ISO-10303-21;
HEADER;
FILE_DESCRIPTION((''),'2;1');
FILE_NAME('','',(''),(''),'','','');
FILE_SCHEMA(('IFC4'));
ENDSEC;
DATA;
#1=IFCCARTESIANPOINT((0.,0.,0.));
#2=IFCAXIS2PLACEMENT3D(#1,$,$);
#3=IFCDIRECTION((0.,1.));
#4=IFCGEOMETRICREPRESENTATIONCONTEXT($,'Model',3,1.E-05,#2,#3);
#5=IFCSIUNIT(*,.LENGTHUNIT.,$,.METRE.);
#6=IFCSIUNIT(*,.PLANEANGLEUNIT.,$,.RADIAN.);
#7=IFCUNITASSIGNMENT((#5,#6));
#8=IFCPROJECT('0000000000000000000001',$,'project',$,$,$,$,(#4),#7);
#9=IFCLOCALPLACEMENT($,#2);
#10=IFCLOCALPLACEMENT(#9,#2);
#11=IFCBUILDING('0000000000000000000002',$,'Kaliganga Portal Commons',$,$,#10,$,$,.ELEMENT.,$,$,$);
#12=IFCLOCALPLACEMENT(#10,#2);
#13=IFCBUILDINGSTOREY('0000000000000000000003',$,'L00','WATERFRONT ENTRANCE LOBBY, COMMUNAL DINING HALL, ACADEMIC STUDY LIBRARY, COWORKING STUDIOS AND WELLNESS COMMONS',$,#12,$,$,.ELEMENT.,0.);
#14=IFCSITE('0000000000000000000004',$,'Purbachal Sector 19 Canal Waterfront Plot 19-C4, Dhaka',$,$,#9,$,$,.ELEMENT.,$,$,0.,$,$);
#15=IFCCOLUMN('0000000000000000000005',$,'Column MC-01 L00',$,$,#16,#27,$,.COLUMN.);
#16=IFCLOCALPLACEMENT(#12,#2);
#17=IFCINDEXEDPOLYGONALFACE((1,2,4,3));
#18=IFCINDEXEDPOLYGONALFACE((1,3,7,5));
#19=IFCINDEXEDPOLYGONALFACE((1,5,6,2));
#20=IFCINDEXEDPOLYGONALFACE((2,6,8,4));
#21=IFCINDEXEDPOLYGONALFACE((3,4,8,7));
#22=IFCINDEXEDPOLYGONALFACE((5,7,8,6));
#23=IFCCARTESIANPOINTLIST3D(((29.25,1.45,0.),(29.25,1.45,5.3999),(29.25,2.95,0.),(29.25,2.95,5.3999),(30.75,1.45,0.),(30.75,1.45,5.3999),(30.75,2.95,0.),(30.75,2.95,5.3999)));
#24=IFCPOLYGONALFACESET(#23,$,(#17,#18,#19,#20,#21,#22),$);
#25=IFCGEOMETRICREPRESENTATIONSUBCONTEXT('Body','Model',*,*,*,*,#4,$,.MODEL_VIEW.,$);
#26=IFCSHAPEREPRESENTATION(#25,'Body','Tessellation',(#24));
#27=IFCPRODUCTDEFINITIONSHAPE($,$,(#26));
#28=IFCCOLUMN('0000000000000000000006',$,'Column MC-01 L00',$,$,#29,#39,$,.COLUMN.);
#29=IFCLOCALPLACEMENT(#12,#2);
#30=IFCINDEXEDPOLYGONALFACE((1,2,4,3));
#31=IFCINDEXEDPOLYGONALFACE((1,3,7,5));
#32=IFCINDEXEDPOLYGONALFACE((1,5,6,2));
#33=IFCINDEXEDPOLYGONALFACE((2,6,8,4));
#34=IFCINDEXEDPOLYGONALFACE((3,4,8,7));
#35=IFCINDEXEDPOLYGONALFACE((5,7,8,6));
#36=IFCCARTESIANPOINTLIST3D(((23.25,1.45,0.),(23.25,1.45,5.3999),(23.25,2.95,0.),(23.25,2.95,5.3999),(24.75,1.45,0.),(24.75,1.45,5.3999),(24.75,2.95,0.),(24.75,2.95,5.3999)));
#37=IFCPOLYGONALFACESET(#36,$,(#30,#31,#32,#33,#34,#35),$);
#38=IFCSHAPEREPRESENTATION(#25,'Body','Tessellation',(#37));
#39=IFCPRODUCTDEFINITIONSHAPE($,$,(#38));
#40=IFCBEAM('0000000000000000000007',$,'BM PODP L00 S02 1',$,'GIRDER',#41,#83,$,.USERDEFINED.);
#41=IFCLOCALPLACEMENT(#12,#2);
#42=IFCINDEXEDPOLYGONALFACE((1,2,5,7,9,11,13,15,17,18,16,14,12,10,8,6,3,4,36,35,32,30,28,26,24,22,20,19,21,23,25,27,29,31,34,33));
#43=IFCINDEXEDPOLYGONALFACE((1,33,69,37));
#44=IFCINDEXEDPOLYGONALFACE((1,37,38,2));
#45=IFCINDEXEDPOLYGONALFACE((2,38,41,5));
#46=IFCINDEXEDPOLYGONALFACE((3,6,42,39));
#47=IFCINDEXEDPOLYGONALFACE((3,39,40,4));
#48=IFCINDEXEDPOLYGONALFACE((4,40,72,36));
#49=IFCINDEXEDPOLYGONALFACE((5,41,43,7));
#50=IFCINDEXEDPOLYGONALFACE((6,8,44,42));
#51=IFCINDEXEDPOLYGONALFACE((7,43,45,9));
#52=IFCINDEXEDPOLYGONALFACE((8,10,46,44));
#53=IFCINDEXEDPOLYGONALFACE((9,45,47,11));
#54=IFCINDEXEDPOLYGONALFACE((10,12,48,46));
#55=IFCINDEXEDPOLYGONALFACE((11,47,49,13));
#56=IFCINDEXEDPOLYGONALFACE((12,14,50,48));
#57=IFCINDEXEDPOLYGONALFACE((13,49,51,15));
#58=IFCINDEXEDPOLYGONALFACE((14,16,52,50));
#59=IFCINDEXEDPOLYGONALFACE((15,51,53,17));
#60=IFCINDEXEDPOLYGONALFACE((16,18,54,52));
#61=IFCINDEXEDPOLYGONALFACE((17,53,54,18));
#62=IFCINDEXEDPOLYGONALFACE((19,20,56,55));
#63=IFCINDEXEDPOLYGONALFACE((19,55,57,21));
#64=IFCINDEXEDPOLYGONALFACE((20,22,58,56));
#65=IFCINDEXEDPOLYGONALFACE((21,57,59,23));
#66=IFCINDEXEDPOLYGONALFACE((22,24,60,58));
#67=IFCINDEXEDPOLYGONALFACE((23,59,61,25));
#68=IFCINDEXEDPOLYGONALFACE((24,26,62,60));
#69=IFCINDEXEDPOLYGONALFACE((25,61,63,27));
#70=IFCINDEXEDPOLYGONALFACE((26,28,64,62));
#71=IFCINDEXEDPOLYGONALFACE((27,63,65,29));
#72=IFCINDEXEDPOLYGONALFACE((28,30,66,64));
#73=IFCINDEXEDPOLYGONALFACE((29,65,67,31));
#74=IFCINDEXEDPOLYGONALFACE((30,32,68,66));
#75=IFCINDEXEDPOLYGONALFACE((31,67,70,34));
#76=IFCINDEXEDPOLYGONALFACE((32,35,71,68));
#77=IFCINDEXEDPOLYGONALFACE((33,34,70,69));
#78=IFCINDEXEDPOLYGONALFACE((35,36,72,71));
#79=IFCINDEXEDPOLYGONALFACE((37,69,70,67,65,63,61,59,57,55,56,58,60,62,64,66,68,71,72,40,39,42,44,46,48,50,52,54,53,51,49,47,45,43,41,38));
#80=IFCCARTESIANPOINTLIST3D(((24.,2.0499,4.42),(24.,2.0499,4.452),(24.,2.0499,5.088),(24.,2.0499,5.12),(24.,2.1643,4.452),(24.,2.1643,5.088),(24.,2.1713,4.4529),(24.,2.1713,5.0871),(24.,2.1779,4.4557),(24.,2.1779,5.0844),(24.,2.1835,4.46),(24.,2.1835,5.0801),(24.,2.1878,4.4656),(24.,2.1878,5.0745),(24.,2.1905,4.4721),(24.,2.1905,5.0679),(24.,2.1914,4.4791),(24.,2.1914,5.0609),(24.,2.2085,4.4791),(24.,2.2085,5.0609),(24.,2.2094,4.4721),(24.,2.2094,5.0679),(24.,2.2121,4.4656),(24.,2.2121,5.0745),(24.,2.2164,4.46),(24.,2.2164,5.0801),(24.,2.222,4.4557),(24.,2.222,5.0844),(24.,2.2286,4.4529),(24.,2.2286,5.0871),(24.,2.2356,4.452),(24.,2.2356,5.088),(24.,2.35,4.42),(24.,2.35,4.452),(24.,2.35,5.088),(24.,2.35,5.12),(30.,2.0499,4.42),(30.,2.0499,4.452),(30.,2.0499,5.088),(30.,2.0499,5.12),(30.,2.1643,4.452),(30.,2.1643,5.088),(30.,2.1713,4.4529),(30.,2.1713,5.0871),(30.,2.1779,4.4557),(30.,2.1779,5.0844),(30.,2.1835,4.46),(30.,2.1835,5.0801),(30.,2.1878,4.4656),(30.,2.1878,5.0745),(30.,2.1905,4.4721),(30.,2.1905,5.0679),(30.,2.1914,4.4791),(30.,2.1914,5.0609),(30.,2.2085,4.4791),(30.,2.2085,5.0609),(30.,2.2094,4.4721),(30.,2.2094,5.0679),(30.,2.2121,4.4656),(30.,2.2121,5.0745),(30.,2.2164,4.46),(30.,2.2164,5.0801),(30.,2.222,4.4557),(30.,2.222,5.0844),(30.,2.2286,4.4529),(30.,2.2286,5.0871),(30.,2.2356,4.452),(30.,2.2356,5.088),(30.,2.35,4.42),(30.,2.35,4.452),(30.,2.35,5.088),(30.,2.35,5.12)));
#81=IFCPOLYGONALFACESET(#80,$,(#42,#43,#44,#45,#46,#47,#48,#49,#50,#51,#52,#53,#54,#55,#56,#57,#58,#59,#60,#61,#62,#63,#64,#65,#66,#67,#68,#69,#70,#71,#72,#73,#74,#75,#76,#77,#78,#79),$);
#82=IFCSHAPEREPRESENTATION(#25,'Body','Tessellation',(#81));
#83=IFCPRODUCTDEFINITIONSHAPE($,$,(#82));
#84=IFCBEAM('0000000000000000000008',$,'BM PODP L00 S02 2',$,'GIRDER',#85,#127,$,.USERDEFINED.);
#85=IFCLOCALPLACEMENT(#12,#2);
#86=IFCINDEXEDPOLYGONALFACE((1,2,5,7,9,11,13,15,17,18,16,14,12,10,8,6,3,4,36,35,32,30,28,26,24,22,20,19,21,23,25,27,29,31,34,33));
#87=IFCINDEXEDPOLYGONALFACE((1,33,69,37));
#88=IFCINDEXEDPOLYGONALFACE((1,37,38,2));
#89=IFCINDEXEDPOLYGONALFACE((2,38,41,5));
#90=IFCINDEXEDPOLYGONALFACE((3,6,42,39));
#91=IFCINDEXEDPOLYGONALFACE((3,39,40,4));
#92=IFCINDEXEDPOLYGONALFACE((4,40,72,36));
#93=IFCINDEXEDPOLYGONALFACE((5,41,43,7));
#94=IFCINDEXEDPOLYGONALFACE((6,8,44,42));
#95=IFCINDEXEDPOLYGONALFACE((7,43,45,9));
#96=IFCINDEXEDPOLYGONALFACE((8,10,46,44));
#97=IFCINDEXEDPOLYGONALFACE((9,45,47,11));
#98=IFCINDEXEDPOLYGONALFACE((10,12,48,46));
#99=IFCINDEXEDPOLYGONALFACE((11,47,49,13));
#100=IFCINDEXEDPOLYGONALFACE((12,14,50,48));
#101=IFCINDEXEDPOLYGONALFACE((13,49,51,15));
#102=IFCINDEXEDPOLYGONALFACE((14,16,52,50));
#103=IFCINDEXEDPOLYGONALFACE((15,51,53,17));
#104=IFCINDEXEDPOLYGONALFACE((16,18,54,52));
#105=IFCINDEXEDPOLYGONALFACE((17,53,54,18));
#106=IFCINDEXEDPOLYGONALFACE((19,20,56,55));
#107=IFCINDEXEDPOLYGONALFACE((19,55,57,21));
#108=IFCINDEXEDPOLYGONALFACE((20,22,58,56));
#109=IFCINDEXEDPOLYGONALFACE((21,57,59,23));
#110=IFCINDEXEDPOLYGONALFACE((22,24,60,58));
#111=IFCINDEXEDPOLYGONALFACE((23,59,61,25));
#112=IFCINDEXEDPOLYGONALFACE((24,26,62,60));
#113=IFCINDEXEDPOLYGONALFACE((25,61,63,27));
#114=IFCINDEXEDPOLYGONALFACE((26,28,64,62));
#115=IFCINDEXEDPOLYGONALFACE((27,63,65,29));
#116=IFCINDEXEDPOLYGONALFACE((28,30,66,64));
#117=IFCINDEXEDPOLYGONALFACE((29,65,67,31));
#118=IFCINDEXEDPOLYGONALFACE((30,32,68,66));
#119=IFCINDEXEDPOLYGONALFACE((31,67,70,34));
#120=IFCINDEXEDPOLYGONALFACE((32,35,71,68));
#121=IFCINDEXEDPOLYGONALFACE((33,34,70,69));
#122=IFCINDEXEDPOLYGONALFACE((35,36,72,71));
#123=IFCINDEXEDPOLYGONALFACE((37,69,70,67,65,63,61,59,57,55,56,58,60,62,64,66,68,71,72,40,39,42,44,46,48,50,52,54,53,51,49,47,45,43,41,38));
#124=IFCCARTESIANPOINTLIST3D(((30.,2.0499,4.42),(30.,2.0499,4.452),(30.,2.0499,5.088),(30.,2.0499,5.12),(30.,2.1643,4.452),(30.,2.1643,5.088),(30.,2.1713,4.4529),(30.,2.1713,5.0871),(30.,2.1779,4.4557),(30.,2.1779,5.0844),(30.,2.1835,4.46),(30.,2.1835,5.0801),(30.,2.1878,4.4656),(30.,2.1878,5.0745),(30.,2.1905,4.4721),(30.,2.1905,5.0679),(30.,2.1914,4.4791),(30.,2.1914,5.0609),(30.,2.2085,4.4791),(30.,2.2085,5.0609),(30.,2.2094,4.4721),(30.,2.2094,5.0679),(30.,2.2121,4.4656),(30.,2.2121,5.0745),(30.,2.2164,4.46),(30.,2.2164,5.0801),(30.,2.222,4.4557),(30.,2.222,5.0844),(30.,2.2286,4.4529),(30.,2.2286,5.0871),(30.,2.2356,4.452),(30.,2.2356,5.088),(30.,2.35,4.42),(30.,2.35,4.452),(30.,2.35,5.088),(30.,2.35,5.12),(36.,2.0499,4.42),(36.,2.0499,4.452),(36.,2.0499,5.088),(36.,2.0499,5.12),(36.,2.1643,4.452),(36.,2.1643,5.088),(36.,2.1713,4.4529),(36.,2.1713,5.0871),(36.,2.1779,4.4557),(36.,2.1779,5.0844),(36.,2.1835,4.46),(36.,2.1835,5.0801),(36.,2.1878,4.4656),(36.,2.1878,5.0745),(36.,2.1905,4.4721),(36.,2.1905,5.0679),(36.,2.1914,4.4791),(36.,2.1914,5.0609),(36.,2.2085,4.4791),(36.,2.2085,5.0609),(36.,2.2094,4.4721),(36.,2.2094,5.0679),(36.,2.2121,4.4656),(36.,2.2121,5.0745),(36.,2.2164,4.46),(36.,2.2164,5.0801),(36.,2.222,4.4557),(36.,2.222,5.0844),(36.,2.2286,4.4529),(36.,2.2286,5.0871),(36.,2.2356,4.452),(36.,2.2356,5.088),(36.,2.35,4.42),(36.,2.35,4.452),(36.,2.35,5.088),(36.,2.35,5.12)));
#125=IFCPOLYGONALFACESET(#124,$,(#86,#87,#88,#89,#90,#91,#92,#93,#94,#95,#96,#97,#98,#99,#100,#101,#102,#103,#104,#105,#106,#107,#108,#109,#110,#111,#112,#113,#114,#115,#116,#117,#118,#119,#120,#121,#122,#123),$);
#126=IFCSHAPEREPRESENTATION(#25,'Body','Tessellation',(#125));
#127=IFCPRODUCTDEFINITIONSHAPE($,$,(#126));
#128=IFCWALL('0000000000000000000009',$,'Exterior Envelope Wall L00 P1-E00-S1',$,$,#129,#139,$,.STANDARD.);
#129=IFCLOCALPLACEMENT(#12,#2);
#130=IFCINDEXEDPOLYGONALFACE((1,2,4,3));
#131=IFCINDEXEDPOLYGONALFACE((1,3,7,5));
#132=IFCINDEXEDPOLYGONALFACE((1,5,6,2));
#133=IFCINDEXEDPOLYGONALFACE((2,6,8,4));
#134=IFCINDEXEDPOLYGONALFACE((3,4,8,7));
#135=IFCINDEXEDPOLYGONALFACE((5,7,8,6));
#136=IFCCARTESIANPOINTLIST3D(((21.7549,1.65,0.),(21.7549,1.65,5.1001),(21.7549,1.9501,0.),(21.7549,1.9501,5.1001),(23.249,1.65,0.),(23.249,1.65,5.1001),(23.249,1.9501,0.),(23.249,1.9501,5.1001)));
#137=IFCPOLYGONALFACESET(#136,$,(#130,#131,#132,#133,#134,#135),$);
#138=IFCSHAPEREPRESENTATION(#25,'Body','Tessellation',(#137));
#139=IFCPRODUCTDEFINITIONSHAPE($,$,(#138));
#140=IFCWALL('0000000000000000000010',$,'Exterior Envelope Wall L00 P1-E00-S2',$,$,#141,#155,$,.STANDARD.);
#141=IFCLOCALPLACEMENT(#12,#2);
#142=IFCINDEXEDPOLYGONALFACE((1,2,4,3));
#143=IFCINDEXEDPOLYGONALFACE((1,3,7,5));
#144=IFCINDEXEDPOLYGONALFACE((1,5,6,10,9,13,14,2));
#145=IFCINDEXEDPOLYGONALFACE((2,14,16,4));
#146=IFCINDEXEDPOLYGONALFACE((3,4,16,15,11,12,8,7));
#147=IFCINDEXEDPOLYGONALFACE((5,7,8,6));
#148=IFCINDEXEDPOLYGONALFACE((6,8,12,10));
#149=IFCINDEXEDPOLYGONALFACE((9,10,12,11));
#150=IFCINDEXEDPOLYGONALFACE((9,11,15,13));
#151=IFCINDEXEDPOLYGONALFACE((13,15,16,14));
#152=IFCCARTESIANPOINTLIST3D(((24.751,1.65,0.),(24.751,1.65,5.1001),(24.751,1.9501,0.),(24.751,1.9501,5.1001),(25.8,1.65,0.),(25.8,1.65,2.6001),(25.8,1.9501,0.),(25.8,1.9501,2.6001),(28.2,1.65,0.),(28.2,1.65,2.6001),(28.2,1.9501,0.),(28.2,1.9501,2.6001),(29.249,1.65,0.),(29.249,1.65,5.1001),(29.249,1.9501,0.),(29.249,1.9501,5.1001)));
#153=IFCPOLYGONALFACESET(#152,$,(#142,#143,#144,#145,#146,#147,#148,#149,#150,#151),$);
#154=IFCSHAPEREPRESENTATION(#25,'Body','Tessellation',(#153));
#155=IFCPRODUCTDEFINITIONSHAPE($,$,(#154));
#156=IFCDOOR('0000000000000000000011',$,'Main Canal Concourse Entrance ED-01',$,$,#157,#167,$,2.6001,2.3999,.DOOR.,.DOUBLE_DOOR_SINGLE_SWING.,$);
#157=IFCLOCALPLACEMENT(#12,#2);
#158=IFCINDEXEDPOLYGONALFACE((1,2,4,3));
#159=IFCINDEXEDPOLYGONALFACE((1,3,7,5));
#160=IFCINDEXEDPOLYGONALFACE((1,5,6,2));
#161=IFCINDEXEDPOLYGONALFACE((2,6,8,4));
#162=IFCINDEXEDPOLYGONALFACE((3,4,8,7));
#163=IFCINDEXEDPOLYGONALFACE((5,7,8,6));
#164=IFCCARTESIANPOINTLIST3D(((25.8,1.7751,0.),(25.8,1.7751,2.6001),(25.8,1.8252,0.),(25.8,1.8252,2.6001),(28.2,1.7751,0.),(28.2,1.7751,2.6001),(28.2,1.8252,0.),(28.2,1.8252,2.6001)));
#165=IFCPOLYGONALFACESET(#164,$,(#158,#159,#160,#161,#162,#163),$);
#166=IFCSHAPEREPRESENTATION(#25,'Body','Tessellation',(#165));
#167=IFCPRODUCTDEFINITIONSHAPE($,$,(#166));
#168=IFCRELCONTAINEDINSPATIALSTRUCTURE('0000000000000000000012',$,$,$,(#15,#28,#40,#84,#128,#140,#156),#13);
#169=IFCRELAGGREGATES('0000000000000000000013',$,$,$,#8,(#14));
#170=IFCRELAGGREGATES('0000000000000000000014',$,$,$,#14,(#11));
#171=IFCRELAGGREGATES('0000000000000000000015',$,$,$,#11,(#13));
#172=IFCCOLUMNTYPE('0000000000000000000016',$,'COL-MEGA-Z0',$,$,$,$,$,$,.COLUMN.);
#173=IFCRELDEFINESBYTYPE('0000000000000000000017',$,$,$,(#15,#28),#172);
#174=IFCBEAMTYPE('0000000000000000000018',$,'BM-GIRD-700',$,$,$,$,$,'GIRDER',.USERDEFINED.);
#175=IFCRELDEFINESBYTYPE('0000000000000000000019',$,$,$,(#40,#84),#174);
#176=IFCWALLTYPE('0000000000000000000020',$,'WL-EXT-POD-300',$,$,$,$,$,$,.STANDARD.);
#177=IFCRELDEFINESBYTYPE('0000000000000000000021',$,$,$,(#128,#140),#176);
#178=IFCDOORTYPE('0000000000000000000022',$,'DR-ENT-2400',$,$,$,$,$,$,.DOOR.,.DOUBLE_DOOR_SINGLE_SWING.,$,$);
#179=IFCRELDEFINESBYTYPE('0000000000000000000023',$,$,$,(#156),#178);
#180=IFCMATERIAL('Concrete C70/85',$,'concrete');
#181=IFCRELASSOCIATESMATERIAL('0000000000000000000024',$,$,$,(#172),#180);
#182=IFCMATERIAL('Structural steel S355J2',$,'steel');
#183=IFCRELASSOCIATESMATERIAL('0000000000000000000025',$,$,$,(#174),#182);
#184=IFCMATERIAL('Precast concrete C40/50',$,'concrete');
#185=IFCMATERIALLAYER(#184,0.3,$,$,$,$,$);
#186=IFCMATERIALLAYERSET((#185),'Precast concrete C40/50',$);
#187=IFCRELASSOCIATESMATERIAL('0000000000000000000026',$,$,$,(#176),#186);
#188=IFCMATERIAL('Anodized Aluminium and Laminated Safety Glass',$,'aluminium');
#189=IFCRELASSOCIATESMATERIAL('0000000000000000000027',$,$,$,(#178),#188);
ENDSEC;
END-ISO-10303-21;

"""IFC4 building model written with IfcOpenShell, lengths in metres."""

from ifc_helpers import new_model, si_unit, direction, frame, frame_2d, origin, origin_2d, place, context, subcontext, project, spatial, rectangle, i_section, extrude, source, transform, mapped, material, layer, layer_set, material_profile, profile_set, type_object, element, fill, save


model = new_model("IFC4")

# Units and contexts
model_context = context("Model", 3, precision=1e-05, world=origin(), true_north=direction((0.0, 1.0)))
body_context = subcontext(model_context, "Body", "Model", "MODEL_VIEW")
ifc_project = project(units=[si_unit("LENGTHUNIT", "METRE"), si_unit("PLANEANGLEUNIT", "RADIAN")], contexts=[model_context])

# Site, building, storey
site_placement = place(None, origin())
site = spatial("IfcSite", under=ifc_project, at=site_placement, Name="Purbachal Sector 19 Canal Waterfront Plot 19-C4, Dhaka", CompositionType="ELEMENT", RefElevation=0.0)
building_placement = place(site_placement, origin())
building = spatial("IfcBuilding", under=site, at=building_placement, Name="Kaliganga Portal Commons", CompositionType="ELEMENT")
storey_placement = place(building_placement, origin())
storey = spatial("IfcBuildingStorey", under=building, at=storey_placement, Name="L00", Description="WATERFRONT ENTRANCE LOBBY, COMMUNAL DINING HALL, ACADEMIC STUDY LIBRARY, COWORKING STUDIOS AND WELLNESS COMMONS", CompositionType="ELEMENT", Elevation=0.0)

# Columns
ifc_material_1 = material(Name="Concrete C70/85", Category="concrete")
ifc_material_profile_1 = material_profile(ifc_material_1, rectangle(XDim=1.5, YDim=1.5, at=origin_2d()), Name="RC 1500x1500")
ifc_profile_set_1 = profile_set([ifc_material_profile_1], Name="Concrete C70/85")
column_type = type_object("IfcColumnType", Name="COL-MEGA-Z0", PredefinedType="COLUMN", material=ifc_profile_set_1)
shared_shape_1 = source(origin(), body_context, "Body", "SweptSolid", [
    extrude(rectangle(XDim=1.5, YDim=1.5, at=origin_2d()), origin(), (0.0, 0.0, 1.0), 5.3999),
])
for number, where, z_axis, x_axis, name in (
    (1, (30.0, 2.2, 0.0), (0.0, 0.0, 1.0), (1.0, 0.0, 0.0), "Column MC-01 L00"),
    (2, (24.0, 2.2, 0.0), (0.0, 0.0, 1.0), (1.0, 0.0, 0.0), "Column MC-01 L00"),
):
    element("IfcColumn", number, at=place(storey_placement, frame(where, z_axis=z_axis, x_axis=x_axis)), inside=storey, type_object=column_type, Name=name, PredefinedType="COLUMN", context=body_context, shape_type="MappedRepresentation", body=[
        mapped(shared_shape_1, transform((0.0, 0.0, 0.0), x_axis=(1.0, 0.0, 0.0), y_axis=(0.0, 1.0, 0.0), z_axis=(0.0, 0.0, 1.0), scale=1.0)),
    ])

# Beams
ifc_material_2 = material(Name="Structural steel S355J2", Category="steel")
ifc_material_profile_2 = material_profile(ifc_material_2, i_section(OverallWidth=0.3, OverallDepth=0.7, WebThickness=0.0171, FlangeThickness=0.032, FilletRadius=0.0271, at=origin_2d()), Name="HE 700 B")
ifc_profile_set_2 = profile_set([ifc_material_profile_2], Name="Structural steel S355J2 wide-flange")
beam_type = type_object("IfcBeamType", Name="BM-GIRD-700", ElementType="GIRDER", PredefinedType="USERDEFINED", material=ifc_profile_set_2)
shared_shape_2 = source(origin(), body_context, "Body", "SweptSolid", [
    extrude(i_section(OverallWidth=0.3, OverallDepth=0.7, WebThickness=0.0171, FlangeThickness=0.032, FilletRadius=0.0271, at=origin_2d()), origin(), (0.0, 0.0, 1.0), 6.0),
])
for number, where, z_axis, x_axis, name in (
    (3, (24.0, 2.2, 4.77), (1.0, 0.0, 0.0), (0.0, 1.0, 0.0), "BM PODP L00 S02 1"),
    (4, (30.0, 2.2, 4.77), (1.0, 0.0, 0.0), (0.0, 1.0, 0.0), "BM PODP L00 S02 2"),
):
    element("IfcBeam", number, at=place(storey_placement, frame(where, z_axis=z_axis, x_axis=x_axis)), inside=storey, type_object=beam_type, Name=name, ObjectType="GIRDER", PredefinedType="USERDEFINED", context=body_context, shape_type="MappedRepresentation", body=[
        mapped(shared_shape_2, transform((0.0, 0.0, 0.0), x_axis=(1.0, 0.0, 0.0), y_axis=(0.0, 1.0, 0.0), z_axis=(0.0, 0.0, 1.0), scale=1.0)),
    ])

# Wall
ifc_material_3 = material(Name="Precast concrete C40/50", Category="concrete")
ifc_layer = layer(ifc_material_3, 0.3)
ifc_layer_set = layer_set([ifc_layer], Name="Precast concrete C40/50")
wall_type = type_object("IfcWallType", Name="WL-EXT-POD-300", PredefinedType="STANDARD", material=ifc_layer_set)
wall_1_placement = place(storey_placement, frame((23.249, 1.8, 0.0), z_axis=(0.0, 0.0, 1.0), x_axis=(-1.0, 0.0, 0.0)))
element("IfcWall", 5, at=wall_1_placement, inside=storey, type_object=wall_type, Name="Exterior Envelope Wall L00 P1-E00-S1", PredefinedType="STANDARD", context=body_context, shape_type="SweptSolid", body=[
    extrude(rectangle(XDim=1.4941, YDim=0.3, at=frame_2d((0.7471, 0.0))), origin(), (0.0, 0.0, 1.0), 5.1001),
])

# Wall, opening, door
wall_2_placement = place(storey_placement, frame((29.249, 1.8, 0.0), z_axis=(0.0, 0.0, 1.0), x_axis=(-1.0, 0.0, 0.0)))
wall_2 = element("IfcWall", 6, at=wall_2_placement, inside=storey, type_object=wall_type, Name="Exterior Envelope Wall L00 P1-E00-S2", PredefinedType="STANDARD", context=body_context, shape_type="SweptSolid", body=[
    extrude(rectangle(XDim=4.498, YDim=0.3, at=frame_2d((2.249, 0.0))), origin(), (0.0, 0.0, 1.0), 5.1001),
])
opening_1_placement = place(wall_2_placement, frame((1.0491, 0.0, 0.0)))
opening_1 = element("IfcOpeningElement", 7, at=opening_1_placement, cuts=wall_2, PredefinedType="OPENING", context=body_context, shape_type="SweptSolid", body=[
    extrude(rectangle(XDim=2.3999, YDim=2.6001, at=frame_2d((1.2, 1.3))), frame((0.0, 0.1602, 0.0), z_axis=(0.0, -1.0, 0.0), x_axis=(1.0, 0.0, 0.0)), (0.0, 0.0, 1.0), 0.3201),
])
ifc_material_4 = material(Name="Anodized Aluminium and Laminated Safety Glass", Category="aluminium")
door_type_1 = type_object("IfcDoorType", Name="DR-ENT-2400", OperationType="DOUBLE_DOOR_SINGLE_SWING", PredefinedType="DOOR", material=ifc_material_4)
door_1_placement = place(opening_1_placement, origin())
door_1 = element("IfcDoor", 8, at=door_1_placement, inside=storey, type_object=door_type_1, Name="Main Canal Concourse Entrance ED-01", OperationType="DOUBLE_DOOR_SINGLE_SWING", OverallHeight=2.6001, OverallWidth=2.3999, PredefinedType="DOOR", context=body_context, shape_type="SweptSolid", body=[
    extrude(rectangle(XDim=2.3999, YDim=2.6001, at=frame_2d((1.2, 1.3))), frame((0.0, 0.0249, 0.0), z_axis=(0.0, -1.0, 0.0), x_axis=(1.0, 0.0, 0.0)), (0.0, 0.0, 1.0), 0.05),
])
fill(opening_1, door_1)

save(model, "model.ifc")
